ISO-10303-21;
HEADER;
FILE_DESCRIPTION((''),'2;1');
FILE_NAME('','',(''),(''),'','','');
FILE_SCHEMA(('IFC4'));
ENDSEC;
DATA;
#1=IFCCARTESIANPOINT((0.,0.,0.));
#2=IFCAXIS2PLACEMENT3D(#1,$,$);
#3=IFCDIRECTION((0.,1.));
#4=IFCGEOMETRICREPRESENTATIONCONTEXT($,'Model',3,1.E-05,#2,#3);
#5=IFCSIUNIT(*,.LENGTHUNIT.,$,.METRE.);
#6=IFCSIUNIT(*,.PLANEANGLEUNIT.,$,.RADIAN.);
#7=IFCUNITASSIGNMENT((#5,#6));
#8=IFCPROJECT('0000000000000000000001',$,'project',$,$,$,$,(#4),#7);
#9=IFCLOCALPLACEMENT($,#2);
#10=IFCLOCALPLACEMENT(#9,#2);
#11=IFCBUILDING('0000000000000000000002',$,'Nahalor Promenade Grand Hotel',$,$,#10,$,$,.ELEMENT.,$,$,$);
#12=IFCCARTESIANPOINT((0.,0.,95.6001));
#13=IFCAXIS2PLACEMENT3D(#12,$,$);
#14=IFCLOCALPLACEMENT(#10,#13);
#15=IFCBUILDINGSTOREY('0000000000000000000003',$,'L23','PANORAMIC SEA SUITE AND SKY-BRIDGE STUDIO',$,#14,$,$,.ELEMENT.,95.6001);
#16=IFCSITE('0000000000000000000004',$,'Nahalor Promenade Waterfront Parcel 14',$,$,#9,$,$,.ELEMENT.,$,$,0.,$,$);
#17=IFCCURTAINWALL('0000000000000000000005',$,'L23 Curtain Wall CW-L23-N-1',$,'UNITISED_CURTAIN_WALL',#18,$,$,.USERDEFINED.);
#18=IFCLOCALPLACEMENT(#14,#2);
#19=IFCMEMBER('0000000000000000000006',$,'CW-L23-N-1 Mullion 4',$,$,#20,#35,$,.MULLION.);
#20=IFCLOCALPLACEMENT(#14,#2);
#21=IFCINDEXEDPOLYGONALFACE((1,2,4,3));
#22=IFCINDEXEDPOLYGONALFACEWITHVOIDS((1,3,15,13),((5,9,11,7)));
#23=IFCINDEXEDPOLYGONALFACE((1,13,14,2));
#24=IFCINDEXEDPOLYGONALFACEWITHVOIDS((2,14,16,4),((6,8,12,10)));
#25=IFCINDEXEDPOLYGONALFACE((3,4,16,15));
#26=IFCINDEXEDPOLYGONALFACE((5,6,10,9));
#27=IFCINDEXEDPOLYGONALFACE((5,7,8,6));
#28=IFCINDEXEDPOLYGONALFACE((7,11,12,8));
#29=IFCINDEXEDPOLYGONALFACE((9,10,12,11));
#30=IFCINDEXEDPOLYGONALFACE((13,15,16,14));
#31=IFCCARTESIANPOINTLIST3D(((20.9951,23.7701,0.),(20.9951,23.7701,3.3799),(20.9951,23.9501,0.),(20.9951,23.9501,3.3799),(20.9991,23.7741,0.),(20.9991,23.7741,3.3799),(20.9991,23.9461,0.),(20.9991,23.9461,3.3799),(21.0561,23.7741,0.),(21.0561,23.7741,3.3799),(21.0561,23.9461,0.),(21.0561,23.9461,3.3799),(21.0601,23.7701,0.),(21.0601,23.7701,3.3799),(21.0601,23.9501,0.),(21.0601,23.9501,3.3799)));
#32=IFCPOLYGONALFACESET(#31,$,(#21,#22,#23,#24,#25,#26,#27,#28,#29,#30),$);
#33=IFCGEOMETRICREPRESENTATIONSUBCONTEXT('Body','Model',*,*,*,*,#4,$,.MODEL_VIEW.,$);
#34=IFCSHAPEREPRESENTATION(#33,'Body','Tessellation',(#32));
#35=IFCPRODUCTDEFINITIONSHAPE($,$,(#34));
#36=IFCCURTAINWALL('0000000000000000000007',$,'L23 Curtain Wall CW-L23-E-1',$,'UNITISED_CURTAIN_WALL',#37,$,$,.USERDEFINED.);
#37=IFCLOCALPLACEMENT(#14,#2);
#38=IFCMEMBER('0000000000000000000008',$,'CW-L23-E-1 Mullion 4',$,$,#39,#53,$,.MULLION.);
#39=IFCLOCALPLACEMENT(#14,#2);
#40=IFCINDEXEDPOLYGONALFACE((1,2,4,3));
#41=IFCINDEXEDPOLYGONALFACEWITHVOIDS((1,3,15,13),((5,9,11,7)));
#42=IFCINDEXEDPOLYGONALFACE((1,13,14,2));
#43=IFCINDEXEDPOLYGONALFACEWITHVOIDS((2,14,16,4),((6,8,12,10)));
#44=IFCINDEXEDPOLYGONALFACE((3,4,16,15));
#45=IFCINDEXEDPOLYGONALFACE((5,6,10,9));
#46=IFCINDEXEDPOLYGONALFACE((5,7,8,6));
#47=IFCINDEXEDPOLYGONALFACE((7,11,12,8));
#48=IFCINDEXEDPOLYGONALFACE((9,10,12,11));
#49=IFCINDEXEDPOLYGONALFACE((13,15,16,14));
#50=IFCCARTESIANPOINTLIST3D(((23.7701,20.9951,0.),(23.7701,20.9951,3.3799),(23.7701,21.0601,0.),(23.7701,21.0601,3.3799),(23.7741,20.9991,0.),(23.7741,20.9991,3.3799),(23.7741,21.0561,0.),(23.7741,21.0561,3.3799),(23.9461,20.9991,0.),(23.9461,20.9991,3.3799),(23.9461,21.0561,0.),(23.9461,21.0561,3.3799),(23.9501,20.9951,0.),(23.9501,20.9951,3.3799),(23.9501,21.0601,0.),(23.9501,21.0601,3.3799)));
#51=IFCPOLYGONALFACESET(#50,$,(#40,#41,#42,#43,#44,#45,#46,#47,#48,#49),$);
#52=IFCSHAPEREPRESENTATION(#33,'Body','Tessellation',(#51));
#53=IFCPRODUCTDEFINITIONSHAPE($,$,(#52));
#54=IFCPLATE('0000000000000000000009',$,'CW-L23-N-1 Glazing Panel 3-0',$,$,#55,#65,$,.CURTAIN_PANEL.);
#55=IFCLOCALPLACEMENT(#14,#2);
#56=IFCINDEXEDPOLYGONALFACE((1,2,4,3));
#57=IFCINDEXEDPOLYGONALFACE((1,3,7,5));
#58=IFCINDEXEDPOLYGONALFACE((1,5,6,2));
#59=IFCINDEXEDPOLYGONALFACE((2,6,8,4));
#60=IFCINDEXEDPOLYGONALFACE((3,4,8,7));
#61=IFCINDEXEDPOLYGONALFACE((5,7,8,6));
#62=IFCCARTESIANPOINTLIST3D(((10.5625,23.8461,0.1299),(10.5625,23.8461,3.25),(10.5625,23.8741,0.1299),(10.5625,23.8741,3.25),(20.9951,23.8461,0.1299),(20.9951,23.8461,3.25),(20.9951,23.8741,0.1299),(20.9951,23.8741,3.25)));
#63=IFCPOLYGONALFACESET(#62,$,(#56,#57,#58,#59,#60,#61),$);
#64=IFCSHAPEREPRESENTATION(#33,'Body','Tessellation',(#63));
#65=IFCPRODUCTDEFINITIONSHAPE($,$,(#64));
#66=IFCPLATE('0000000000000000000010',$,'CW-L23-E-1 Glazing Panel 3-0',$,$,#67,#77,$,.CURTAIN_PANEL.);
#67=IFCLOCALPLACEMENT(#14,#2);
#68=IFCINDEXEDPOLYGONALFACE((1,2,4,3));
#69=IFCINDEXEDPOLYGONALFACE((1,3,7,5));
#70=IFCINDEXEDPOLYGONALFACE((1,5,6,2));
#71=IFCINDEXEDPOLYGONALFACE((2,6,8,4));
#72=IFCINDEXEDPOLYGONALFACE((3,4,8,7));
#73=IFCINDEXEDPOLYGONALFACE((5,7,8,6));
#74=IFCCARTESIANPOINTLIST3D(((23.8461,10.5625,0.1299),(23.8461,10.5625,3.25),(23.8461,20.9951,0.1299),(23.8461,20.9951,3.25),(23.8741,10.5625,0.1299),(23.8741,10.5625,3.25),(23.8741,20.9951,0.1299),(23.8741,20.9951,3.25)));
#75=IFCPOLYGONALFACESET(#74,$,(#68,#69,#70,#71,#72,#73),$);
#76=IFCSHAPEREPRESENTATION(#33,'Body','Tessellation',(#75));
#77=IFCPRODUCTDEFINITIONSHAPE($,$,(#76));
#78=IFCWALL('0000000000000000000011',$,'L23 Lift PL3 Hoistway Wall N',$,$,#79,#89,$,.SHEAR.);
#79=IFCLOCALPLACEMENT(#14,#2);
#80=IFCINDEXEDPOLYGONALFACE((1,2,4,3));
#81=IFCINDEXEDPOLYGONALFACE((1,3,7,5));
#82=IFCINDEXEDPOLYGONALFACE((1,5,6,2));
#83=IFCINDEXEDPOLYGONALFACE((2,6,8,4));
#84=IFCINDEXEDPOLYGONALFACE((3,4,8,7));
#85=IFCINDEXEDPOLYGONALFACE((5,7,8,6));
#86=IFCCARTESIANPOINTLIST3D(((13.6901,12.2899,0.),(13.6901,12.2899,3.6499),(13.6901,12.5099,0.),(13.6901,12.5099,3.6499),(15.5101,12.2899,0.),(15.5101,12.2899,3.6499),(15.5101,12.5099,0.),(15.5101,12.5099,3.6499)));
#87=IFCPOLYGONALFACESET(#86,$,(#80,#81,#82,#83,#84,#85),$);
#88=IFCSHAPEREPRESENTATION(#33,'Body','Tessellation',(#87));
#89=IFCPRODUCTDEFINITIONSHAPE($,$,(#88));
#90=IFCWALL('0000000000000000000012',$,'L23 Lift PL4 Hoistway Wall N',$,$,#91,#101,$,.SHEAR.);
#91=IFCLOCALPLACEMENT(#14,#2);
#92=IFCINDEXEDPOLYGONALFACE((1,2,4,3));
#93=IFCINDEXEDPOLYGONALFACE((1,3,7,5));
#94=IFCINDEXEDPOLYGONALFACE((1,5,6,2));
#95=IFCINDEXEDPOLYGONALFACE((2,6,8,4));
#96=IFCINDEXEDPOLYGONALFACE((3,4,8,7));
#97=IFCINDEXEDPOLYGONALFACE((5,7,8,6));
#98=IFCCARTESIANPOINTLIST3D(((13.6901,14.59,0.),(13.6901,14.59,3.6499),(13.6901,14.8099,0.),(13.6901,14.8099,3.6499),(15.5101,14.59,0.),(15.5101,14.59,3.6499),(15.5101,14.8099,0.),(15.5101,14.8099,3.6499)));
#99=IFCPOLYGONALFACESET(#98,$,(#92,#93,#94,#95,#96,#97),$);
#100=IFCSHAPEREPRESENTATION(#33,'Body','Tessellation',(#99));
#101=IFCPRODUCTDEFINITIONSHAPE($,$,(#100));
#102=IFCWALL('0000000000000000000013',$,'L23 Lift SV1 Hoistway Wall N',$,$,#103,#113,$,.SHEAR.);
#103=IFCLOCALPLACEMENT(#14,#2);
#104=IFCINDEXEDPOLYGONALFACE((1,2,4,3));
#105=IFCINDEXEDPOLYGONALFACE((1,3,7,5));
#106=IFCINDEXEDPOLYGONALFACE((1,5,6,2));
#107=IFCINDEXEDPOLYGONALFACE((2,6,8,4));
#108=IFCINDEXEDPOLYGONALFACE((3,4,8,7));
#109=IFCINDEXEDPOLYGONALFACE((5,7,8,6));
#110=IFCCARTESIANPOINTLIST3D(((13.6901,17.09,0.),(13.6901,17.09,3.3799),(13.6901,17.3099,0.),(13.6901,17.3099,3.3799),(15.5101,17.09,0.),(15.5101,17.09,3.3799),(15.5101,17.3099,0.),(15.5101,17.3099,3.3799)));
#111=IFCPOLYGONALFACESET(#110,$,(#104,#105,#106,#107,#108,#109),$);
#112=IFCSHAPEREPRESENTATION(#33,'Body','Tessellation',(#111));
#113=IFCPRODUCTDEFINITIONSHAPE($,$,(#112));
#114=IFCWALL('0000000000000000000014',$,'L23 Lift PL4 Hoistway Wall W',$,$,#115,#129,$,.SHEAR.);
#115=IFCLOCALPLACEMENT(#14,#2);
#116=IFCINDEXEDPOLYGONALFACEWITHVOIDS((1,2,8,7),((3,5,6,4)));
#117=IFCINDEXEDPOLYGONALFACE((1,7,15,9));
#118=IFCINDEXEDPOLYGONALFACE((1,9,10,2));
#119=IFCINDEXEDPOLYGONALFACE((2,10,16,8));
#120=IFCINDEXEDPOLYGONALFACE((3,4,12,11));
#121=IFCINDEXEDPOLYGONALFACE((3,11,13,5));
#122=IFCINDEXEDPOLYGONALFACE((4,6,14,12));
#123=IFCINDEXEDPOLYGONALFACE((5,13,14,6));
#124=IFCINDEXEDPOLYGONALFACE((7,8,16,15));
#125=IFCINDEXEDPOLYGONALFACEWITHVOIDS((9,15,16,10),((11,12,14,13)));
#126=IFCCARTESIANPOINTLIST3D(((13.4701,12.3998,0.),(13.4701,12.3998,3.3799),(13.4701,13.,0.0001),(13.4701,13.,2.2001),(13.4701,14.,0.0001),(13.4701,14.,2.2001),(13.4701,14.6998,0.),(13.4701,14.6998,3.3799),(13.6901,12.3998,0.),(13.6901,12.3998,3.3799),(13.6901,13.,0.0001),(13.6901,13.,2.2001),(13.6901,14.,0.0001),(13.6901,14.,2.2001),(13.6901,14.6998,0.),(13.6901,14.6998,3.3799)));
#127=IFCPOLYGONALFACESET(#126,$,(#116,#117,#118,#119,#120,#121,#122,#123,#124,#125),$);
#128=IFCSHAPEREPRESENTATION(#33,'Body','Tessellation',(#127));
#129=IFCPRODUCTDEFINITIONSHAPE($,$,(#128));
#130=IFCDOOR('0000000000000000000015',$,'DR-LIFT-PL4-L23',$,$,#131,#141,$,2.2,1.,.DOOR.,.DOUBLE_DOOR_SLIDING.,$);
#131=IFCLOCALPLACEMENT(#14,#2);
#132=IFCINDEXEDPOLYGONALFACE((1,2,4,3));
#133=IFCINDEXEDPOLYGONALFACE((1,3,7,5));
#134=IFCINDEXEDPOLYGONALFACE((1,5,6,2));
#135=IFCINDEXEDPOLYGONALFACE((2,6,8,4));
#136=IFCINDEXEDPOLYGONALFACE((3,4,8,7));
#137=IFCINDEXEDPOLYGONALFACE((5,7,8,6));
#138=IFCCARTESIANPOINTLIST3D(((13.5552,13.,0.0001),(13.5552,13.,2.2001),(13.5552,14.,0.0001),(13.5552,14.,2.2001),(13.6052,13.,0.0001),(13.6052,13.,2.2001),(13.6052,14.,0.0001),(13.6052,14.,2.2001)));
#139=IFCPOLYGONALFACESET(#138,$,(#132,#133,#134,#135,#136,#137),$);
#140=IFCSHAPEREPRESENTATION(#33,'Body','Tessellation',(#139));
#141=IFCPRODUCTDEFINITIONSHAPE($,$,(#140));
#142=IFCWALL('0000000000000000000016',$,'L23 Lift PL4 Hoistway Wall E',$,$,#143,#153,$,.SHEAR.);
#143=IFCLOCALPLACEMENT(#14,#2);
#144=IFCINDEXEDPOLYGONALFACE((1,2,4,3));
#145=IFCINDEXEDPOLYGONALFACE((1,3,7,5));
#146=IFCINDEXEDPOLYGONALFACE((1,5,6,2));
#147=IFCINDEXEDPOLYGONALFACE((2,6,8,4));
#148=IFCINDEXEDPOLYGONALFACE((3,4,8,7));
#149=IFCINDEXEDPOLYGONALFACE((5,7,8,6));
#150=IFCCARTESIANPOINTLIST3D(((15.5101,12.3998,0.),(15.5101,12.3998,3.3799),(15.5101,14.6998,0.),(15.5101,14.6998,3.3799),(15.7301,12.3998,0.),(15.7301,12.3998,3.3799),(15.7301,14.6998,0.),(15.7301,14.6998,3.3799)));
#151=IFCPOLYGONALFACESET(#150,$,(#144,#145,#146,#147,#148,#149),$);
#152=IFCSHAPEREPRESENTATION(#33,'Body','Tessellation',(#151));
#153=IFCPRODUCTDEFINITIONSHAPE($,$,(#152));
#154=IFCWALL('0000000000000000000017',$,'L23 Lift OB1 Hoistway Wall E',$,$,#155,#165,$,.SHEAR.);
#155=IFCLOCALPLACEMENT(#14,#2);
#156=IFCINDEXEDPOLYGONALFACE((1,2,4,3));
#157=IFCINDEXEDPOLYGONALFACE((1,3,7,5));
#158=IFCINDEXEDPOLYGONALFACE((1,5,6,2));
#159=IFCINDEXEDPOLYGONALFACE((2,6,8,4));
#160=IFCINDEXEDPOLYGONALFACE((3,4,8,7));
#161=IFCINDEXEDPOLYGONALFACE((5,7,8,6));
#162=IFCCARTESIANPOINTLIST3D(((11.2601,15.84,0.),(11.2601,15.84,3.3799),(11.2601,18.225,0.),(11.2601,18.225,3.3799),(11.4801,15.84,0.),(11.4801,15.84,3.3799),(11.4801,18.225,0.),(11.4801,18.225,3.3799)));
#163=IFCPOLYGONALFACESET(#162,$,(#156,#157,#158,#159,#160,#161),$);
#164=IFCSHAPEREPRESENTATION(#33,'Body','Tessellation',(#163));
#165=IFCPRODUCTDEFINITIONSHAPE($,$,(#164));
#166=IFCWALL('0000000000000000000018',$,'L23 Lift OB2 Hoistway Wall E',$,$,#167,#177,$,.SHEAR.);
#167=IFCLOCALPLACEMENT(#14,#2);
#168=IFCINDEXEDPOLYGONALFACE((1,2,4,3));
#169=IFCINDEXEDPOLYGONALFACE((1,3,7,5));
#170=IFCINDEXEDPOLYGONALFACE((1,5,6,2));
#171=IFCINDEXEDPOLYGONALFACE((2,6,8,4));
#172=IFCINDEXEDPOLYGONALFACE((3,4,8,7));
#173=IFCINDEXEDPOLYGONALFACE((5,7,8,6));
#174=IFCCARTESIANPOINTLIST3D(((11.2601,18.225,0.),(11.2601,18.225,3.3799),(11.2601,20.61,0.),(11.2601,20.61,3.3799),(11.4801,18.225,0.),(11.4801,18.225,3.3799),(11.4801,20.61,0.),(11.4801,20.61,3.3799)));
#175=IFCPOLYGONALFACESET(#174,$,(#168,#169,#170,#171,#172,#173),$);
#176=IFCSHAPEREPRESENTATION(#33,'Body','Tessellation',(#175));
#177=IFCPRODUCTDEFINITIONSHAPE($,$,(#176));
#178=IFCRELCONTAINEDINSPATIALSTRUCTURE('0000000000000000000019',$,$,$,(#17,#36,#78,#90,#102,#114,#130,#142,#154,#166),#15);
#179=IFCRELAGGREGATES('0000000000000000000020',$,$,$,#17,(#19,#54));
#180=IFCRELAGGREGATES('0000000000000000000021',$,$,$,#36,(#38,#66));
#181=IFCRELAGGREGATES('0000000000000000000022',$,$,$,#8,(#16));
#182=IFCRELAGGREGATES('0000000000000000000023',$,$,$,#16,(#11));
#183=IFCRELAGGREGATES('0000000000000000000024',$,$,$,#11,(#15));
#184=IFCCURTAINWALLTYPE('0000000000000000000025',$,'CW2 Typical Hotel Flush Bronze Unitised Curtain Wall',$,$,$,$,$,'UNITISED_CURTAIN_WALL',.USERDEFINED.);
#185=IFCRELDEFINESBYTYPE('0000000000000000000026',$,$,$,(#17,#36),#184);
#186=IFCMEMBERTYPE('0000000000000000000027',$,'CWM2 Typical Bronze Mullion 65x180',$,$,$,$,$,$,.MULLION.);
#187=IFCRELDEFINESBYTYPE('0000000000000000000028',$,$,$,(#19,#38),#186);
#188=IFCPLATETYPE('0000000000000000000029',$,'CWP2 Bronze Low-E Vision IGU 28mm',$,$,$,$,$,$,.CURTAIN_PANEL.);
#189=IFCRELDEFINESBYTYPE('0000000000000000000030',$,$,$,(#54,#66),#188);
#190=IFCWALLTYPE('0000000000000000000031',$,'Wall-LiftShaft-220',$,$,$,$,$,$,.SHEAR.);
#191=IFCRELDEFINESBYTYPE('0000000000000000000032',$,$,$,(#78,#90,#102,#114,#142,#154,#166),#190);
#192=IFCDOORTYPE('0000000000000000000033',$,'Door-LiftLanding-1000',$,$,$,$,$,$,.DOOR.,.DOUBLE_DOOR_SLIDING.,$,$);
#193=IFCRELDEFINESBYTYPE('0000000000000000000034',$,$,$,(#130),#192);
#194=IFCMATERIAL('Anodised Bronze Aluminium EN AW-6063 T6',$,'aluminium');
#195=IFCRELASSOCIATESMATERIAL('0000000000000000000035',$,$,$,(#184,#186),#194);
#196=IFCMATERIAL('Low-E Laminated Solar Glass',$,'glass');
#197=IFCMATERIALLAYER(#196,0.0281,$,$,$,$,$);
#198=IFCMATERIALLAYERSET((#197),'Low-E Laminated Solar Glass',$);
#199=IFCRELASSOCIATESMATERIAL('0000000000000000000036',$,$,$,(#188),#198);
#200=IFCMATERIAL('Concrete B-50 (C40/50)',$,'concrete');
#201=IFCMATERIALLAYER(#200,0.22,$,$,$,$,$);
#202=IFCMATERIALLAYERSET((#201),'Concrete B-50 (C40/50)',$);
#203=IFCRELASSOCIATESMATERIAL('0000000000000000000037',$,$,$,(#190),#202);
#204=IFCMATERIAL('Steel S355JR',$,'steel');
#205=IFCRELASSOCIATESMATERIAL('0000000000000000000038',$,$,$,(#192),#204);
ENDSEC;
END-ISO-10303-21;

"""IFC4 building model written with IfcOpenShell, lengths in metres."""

from ifc_helpers import new_model, si_unit, direction, frame, frame_2d, origin, origin_2d, place, context, subcontext, project, spatial, rectangle, hollow_rectangle, extrude, source, transform, mapped, material, layer, layer_set, material_profile, profile_set, type_object, element, fill, aggregate, save


model = new_model("IFC4")

# Units and contexts
model_context = context("Model", 3, precision=1e-05, world=origin(), true_north=direction((0.0, 1.0)))
body_context = subcontext(model_context, "Body", "Model", "MODEL_VIEW")
ifc_project = project(units=[si_unit("LENGTHUNIT", "METRE"), si_unit("PLANEANGLEUNIT", "RADIAN")], contexts=[model_context])

# Site, building, storey
site_placement = place(None, origin())
site = spatial("IfcSite", under=ifc_project, at=site_placement, Name="Nahalor Promenade Waterfront Parcel 14", CompositionType="ELEMENT", RefElevation=0.0)
building_placement = place(site_placement, origin())
building = spatial("IfcBuilding", under=site, at=building_placement, Name="Nahalor Promenade Grand Hotel", CompositionType="ELEMENT")
storey_placement = place(building_placement, frame((0.0, 0.0, 95.6001)))
storey = spatial("IfcBuildingStorey", under=building, at=storey_placement, Name="L23", Description="PANORAMIC SEA SUITE AND SKY-BRIDGE STUDIO", CompositionType="ELEMENT", Elevation=95.6001)

# Shared definitions
ifc_material_1 = material(Name="Steel S355JR", Category="steel")

# Curtain walls, members
ifc_material_2 = material(Name="Anodised Bronze Aluminium EN AW-6063 T6", Category="aluminium")
curtain_wall_type = type_object("IfcCurtainWallType", Name="CW2 Typical Hotel Flush Bronze Unitised Curtain Wall", ElementType="UNITISED_CURTAIN_WALL", PredefinedType="USERDEFINED", material=ifc_material_2)
curtain_wall_1_placement = place(storey_placement, origin())
curtain_wall_1 = element("IfcCurtainWall", 1, at=curtain_wall_1_placement, inside=storey, type_object=curtain_wall_type, Name="L23 Curtain Wall CW-L23-N-1", ObjectType="UNITISED_CURTAIN_WALL", PredefinedType="USERDEFINED")
ifc_material_profile_1 = material_profile(ifc_material_2, hollow_rectangle(XDim=0.065, YDim=0.18, WallThickness=0.004, at=origin_2d()), Name="CWM 65x180x4")
ifc_profile_set_1 = profile_set([ifc_material_profile_1], Name="Anodised Bronze Aluminium EN AW-6063 T6")
member_type = type_object("IfcMemberType", Name="CWM2 Typical Bronze Mullion 65x180", PredefinedType="MULLION", material=ifc_profile_set_1)
shared_shape_1 = source(origin(), body_context, "Body", "SweptSolid", [
    extrude(hollow_rectangle(XDim=0.065, YDim=0.18, WallThickness=0.004, at=origin_2d()), origin(), (0.0, 0.0, 1.0), 3.3799),
])
member_1_placement = place(storey_placement, frame((21.0276, 23.8601, 0.0), z_axis=(0.0, 0.0, 1.0), x_axis=(1.0, 0.0, 0.0)))
member_1 = element("IfcMember", 2, at=member_1_placement, type_object=member_type, Name="CW-L23-N-1 Mullion 4", PredefinedType="MULLION", context=body_context, shape_type="MappedRepresentation", body=[
    mapped(shared_shape_1, transform((0.0, 0.0, 0.0), scale=1.0)),
])
curtain_wall_2_placement = place(storey_placement, origin())
curtain_wall_2 = element("IfcCurtainWall", 3, at=curtain_wall_2_placement, inside=storey, type_object=curtain_wall_type, Name="L23 Curtain Wall CW-L23-E-1", ObjectType="UNITISED_CURTAIN_WALL", PredefinedType="USERDEFINED")
member_2_placement = place(storey_placement, frame((23.8601, 21.0276, 0.0), z_axis=(0.0, 0.0, 1.0), x_axis=(0.0, 1.0, 0.0)))
member_2 = element("IfcMember", 4, at=member_2_placement, type_object=member_type, Name="CW-L23-E-1 Mullion 4", PredefinedType="MULLION", context=body_context, shape_type="MappedRepresentation", body=[
    mapped(shared_shape_1, transform((0.0, 0.0, 0.0), scale=1.0)),
])

# Plates
ifc_material_3 = material(Name="Low-E Laminated Solar Glass", Category="glass")
ifc_layer_1 = layer(ifc_material_3, 0.0281)
ifc_layer_set_1 = layer_set([ifc_layer_1], Name="Low-E Laminated Solar Glass")
plate_type = type_object("IfcPlateType", Name="CWP2 Bronze Low-E Vision IGU 28mm", PredefinedType="CURTAIN_PANEL", material=ifc_layer_set_1)
shared_shape_2 = source(origin(), body_context, "Body", "SweptSolid", [
    extrude(rectangle(XDim=10.4326, YDim=0.0281, at=origin_2d()), origin(), (0.0, 0.0, 1.0), 3.1201),
])
plate_1_placement = place(storey_placement, frame((15.7788, 23.8601, 0.1299), z_axis=(0.0, 0.0, 1.0), x_axis=(1.0, 0.0, 0.0)))
plate_1 = element("IfcPlate", 5, at=plate_1_placement, type_object=plate_type, Name="CW-L23-N-1 Glazing Panel 3-0", PredefinedType="CURTAIN_PANEL", context=body_context, shape_type="MappedRepresentation", body=[
    mapped(shared_shape_2, transform((0.0, 0.0, 0.0), scale=1.0)),
])
aggregate(curtain_wall_1, [member_1, plate_1])
plate_2_placement = place(storey_placement, frame((23.8601, 15.7788, 0.1299), z_axis=(0.0, 0.0, 1.0), x_axis=(0.0, 1.0, 0.0)))
plate_2 = element("IfcPlate", 6, at=plate_2_placement, type_object=plate_type, Name="CW-L23-E-1 Glazing Panel 3-0", PredefinedType="CURTAIN_PANEL", context=body_context, shape_type="MappedRepresentation", body=[
    mapped(shared_shape_2, transform((0.0, 0.0, 0.0), scale=1.0)),
])
aggregate(curtain_wall_2, [member_2, plate_2])

# Walls
ifc_material_4 = material(Name="Concrete B-50 (C40/50)", Category="concrete")
ifc_layer_2 = layer(ifc_material_4, 0.22)
ifc_layer_set_2 = layer_set([ifc_layer_2], Name="Concrete B-50 (C40/50)")
wall_type_1 = type_object("IfcWallType", Name="Wall-LiftShaft-220", PredefinedType="SHEAR", material=ifc_layer_set_2)
shared_shape_3 = source(origin(), body_context, "Body", "SweptSolid", [
    extrude(rectangle(XDim=1.8201, YDim=0.22, at=frame_2d((0.9102, 0.0))), origin(), (0.0, 0.0, 1.0), 3.6499),
])
for number, where, z_axis, x_axis, name in (
    (7, (13.6899, 12.3999, 0.0), (0.0, 0.0, 1.0), (1.0, 0.0, 0.0), "L23 Lift PL3 Hoistway Wall N"),
    (8, (13.6899, 14.7, 0.0), (0.0, 0.0, 1.0), (1.0, 0.0, 0.0), "L23 Lift PL4 Hoistway Wall N"),
):
    element("IfcWall", number, at=place(storey_placement, frame(where, z_axis=z_axis, x_axis=x_axis)), inside=storey, type_object=wall_type_1, Name=name, PredefinedType="SHEAR", context=body_context, shape_type="MappedRepresentation", body=[
        mapped(shared_shape_3, transform((0.0, 0.0, 0.0), scale=1.0)),
    ])
shared_shape_4 = source(origin(), body_context, "Body", "SweptSolid", [
    extrude(rectangle(XDim=1.8201, YDim=0.22, at=frame_2d((0.9102, 0.0))), origin(), (0.0, 0.0, 1.0), 3.3799),
])
wall_1_placement = place(storey_placement, frame((13.6899, 17.2, 0.0), z_axis=(0.0, 0.0, 1.0), x_axis=(1.0, 0.0, 0.0)))
element("IfcWall", 9, at=wall_1_placement, inside=storey, type_object=wall_type_1, Name="L23 Lift SV1 Hoistway Wall N", PredefinedType="SHEAR", context=body_context, shape_type="MappedRepresentation", body=[
    mapped(shared_shape_4, transform((0.0, 0.0, 0.0), scale=1.0)),
])

# Wall, opening, door
shared_shape_5 = source(origin(), body_context, "Body", "SweptSolid", [
    extrude(rectangle(XDim=2.3, YDim=0.22, at=frame_2d((1.1499, 0.0))), origin(), (0.0, 0.0, 1.0), 3.3799),
])
wall_2_placement = place(storey_placement, frame((13.5801, 12.3999, 0.0), z_axis=(0.0, 0.0, 1.0), x_axis=(0.0, 1.0, 0.0)))
wall_2 = element("IfcWall", 10, at=wall_2_placement, inside=storey, type_object=wall_type_1, Name="L23 Lift PL4 Hoistway Wall W", PredefinedType="SHEAR", context=body_context, shape_type="MappedRepresentation", body=[
    mapped(shared_shape_5, transform((0.0, 0.0, 0.0), scale=1.0)),
])
opening_1_placement = place(wall_2_placement, frame((0.6001, 0.0, 0.0)))
opening_1 = element("IfcOpeningElement", 11, at=opening_1_placement, cuts=wall_2, PredefinedType="OPENING", context=body_context, shape_type="SweptSolid", body=[
    extrude(rectangle(XDim=1.0, YDim=2.2, at=frame_2d((0.5, 1.1001))), frame((0.0, 0.1199, 0.0), z_axis=(0.0, -1.0, 0.0), x_axis=(1.0, 0.0, 0.0)), (0.0, 0.0, 1.0), 0.24),
])
door_type_1 = type_object("IfcDoorType", Name="Door-LiftLanding-1000", OperationType="DOUBLE_DOOR_SLIDING", PredefinedType="DOOR", material=ifc_material_1)
shared_shape_6 = source(origin(), body_context, "Body", "SweptSolid", [
    extrude(rectangle(XDim=1.0, YDim=2.2, at=frame_2d((0.5, 1.1001))), frame((0.0, 0.0249, 0.0), z_axis=(0.0, -1.0, 0.0), x_axis=(1.0, 0.0, 0.0)), (0.0, 0.0, 1.0), 0.05),
])
door_1_placement = place(opening_1_placement, origin())
door_1 = element("IfcDoor", 12, at=door_1_placement, inside=storey, type_object=door_type_1, Name="DR-LIFT-PL4-L23", OperationType="DOUBLE_DOOR_SLIDING", OverallHeight=2.2, OverallWidth=1.0, PredefinedType="DOOR", context=body_context, shape_type="MappedRepresentation", body=[
    mapped(shared_shape_6, transform((0.0, 0.0, 0.0), scale=1.0)),
])
fill(opening_1, door_1)

# Walls
wall_3_placement = place(storey_placement, frame((15.6201, 12.3999, 0.0), z_axis=(0.0, 0.0, 1.0), x_axis=(0.0, 1.0, 0.0)))
element("IfcWall", 13, at=wall_3_placement, inside=storey, type_object=wall_type_1, Name="L23 Lift PL4 Hoistway Wall E", PredefinedType="SHEAR", context=body_context, shape_type="MappedRepresentation", body=[
    mapped(shared_shape_5, transform((0.0, 0.0, 0.0), scale=1.0)),
])
shared_shape_7 = source(origin(), body_context, "Body", "SweptSolid", [
    extrude(rectangle(XDim=2.385, YDim=0.22, at=frame_2d((1.1924, 0.0))), origin(), (0.0, 0.0, 1.0), 3.3799),
])
for number, where, z_axis, x_axis, name in (
    (14, (11.3701, 15.8401, 0.0), (0.0, 0.0, 1.0), (0.0, 1.0, 0.0), "L23 Lift OB1 Hoistway Wall E"),
    (15, (11.3701, 18.2251, 0.0), (0.0, 0.0, 1.0), (0.0, 1.0, 0.0), "L23 Lift OB2 Hoistway Wall E"),
):
    element("IfcWall", number, at=place(storey_placement, frame(where, z_axis=z_axis, x_axis=x_axis)), inside=storey, type_object=wall_type_1, Name=name, PredefinedType="SHEAR", context=body_context, shape_type="MappedRepresentation", body=[
        mapped(shared_shape_7, transform((0.0, 0.0, 0.0), scale=1.0)),
    ])

save(model, "model.ifc")
